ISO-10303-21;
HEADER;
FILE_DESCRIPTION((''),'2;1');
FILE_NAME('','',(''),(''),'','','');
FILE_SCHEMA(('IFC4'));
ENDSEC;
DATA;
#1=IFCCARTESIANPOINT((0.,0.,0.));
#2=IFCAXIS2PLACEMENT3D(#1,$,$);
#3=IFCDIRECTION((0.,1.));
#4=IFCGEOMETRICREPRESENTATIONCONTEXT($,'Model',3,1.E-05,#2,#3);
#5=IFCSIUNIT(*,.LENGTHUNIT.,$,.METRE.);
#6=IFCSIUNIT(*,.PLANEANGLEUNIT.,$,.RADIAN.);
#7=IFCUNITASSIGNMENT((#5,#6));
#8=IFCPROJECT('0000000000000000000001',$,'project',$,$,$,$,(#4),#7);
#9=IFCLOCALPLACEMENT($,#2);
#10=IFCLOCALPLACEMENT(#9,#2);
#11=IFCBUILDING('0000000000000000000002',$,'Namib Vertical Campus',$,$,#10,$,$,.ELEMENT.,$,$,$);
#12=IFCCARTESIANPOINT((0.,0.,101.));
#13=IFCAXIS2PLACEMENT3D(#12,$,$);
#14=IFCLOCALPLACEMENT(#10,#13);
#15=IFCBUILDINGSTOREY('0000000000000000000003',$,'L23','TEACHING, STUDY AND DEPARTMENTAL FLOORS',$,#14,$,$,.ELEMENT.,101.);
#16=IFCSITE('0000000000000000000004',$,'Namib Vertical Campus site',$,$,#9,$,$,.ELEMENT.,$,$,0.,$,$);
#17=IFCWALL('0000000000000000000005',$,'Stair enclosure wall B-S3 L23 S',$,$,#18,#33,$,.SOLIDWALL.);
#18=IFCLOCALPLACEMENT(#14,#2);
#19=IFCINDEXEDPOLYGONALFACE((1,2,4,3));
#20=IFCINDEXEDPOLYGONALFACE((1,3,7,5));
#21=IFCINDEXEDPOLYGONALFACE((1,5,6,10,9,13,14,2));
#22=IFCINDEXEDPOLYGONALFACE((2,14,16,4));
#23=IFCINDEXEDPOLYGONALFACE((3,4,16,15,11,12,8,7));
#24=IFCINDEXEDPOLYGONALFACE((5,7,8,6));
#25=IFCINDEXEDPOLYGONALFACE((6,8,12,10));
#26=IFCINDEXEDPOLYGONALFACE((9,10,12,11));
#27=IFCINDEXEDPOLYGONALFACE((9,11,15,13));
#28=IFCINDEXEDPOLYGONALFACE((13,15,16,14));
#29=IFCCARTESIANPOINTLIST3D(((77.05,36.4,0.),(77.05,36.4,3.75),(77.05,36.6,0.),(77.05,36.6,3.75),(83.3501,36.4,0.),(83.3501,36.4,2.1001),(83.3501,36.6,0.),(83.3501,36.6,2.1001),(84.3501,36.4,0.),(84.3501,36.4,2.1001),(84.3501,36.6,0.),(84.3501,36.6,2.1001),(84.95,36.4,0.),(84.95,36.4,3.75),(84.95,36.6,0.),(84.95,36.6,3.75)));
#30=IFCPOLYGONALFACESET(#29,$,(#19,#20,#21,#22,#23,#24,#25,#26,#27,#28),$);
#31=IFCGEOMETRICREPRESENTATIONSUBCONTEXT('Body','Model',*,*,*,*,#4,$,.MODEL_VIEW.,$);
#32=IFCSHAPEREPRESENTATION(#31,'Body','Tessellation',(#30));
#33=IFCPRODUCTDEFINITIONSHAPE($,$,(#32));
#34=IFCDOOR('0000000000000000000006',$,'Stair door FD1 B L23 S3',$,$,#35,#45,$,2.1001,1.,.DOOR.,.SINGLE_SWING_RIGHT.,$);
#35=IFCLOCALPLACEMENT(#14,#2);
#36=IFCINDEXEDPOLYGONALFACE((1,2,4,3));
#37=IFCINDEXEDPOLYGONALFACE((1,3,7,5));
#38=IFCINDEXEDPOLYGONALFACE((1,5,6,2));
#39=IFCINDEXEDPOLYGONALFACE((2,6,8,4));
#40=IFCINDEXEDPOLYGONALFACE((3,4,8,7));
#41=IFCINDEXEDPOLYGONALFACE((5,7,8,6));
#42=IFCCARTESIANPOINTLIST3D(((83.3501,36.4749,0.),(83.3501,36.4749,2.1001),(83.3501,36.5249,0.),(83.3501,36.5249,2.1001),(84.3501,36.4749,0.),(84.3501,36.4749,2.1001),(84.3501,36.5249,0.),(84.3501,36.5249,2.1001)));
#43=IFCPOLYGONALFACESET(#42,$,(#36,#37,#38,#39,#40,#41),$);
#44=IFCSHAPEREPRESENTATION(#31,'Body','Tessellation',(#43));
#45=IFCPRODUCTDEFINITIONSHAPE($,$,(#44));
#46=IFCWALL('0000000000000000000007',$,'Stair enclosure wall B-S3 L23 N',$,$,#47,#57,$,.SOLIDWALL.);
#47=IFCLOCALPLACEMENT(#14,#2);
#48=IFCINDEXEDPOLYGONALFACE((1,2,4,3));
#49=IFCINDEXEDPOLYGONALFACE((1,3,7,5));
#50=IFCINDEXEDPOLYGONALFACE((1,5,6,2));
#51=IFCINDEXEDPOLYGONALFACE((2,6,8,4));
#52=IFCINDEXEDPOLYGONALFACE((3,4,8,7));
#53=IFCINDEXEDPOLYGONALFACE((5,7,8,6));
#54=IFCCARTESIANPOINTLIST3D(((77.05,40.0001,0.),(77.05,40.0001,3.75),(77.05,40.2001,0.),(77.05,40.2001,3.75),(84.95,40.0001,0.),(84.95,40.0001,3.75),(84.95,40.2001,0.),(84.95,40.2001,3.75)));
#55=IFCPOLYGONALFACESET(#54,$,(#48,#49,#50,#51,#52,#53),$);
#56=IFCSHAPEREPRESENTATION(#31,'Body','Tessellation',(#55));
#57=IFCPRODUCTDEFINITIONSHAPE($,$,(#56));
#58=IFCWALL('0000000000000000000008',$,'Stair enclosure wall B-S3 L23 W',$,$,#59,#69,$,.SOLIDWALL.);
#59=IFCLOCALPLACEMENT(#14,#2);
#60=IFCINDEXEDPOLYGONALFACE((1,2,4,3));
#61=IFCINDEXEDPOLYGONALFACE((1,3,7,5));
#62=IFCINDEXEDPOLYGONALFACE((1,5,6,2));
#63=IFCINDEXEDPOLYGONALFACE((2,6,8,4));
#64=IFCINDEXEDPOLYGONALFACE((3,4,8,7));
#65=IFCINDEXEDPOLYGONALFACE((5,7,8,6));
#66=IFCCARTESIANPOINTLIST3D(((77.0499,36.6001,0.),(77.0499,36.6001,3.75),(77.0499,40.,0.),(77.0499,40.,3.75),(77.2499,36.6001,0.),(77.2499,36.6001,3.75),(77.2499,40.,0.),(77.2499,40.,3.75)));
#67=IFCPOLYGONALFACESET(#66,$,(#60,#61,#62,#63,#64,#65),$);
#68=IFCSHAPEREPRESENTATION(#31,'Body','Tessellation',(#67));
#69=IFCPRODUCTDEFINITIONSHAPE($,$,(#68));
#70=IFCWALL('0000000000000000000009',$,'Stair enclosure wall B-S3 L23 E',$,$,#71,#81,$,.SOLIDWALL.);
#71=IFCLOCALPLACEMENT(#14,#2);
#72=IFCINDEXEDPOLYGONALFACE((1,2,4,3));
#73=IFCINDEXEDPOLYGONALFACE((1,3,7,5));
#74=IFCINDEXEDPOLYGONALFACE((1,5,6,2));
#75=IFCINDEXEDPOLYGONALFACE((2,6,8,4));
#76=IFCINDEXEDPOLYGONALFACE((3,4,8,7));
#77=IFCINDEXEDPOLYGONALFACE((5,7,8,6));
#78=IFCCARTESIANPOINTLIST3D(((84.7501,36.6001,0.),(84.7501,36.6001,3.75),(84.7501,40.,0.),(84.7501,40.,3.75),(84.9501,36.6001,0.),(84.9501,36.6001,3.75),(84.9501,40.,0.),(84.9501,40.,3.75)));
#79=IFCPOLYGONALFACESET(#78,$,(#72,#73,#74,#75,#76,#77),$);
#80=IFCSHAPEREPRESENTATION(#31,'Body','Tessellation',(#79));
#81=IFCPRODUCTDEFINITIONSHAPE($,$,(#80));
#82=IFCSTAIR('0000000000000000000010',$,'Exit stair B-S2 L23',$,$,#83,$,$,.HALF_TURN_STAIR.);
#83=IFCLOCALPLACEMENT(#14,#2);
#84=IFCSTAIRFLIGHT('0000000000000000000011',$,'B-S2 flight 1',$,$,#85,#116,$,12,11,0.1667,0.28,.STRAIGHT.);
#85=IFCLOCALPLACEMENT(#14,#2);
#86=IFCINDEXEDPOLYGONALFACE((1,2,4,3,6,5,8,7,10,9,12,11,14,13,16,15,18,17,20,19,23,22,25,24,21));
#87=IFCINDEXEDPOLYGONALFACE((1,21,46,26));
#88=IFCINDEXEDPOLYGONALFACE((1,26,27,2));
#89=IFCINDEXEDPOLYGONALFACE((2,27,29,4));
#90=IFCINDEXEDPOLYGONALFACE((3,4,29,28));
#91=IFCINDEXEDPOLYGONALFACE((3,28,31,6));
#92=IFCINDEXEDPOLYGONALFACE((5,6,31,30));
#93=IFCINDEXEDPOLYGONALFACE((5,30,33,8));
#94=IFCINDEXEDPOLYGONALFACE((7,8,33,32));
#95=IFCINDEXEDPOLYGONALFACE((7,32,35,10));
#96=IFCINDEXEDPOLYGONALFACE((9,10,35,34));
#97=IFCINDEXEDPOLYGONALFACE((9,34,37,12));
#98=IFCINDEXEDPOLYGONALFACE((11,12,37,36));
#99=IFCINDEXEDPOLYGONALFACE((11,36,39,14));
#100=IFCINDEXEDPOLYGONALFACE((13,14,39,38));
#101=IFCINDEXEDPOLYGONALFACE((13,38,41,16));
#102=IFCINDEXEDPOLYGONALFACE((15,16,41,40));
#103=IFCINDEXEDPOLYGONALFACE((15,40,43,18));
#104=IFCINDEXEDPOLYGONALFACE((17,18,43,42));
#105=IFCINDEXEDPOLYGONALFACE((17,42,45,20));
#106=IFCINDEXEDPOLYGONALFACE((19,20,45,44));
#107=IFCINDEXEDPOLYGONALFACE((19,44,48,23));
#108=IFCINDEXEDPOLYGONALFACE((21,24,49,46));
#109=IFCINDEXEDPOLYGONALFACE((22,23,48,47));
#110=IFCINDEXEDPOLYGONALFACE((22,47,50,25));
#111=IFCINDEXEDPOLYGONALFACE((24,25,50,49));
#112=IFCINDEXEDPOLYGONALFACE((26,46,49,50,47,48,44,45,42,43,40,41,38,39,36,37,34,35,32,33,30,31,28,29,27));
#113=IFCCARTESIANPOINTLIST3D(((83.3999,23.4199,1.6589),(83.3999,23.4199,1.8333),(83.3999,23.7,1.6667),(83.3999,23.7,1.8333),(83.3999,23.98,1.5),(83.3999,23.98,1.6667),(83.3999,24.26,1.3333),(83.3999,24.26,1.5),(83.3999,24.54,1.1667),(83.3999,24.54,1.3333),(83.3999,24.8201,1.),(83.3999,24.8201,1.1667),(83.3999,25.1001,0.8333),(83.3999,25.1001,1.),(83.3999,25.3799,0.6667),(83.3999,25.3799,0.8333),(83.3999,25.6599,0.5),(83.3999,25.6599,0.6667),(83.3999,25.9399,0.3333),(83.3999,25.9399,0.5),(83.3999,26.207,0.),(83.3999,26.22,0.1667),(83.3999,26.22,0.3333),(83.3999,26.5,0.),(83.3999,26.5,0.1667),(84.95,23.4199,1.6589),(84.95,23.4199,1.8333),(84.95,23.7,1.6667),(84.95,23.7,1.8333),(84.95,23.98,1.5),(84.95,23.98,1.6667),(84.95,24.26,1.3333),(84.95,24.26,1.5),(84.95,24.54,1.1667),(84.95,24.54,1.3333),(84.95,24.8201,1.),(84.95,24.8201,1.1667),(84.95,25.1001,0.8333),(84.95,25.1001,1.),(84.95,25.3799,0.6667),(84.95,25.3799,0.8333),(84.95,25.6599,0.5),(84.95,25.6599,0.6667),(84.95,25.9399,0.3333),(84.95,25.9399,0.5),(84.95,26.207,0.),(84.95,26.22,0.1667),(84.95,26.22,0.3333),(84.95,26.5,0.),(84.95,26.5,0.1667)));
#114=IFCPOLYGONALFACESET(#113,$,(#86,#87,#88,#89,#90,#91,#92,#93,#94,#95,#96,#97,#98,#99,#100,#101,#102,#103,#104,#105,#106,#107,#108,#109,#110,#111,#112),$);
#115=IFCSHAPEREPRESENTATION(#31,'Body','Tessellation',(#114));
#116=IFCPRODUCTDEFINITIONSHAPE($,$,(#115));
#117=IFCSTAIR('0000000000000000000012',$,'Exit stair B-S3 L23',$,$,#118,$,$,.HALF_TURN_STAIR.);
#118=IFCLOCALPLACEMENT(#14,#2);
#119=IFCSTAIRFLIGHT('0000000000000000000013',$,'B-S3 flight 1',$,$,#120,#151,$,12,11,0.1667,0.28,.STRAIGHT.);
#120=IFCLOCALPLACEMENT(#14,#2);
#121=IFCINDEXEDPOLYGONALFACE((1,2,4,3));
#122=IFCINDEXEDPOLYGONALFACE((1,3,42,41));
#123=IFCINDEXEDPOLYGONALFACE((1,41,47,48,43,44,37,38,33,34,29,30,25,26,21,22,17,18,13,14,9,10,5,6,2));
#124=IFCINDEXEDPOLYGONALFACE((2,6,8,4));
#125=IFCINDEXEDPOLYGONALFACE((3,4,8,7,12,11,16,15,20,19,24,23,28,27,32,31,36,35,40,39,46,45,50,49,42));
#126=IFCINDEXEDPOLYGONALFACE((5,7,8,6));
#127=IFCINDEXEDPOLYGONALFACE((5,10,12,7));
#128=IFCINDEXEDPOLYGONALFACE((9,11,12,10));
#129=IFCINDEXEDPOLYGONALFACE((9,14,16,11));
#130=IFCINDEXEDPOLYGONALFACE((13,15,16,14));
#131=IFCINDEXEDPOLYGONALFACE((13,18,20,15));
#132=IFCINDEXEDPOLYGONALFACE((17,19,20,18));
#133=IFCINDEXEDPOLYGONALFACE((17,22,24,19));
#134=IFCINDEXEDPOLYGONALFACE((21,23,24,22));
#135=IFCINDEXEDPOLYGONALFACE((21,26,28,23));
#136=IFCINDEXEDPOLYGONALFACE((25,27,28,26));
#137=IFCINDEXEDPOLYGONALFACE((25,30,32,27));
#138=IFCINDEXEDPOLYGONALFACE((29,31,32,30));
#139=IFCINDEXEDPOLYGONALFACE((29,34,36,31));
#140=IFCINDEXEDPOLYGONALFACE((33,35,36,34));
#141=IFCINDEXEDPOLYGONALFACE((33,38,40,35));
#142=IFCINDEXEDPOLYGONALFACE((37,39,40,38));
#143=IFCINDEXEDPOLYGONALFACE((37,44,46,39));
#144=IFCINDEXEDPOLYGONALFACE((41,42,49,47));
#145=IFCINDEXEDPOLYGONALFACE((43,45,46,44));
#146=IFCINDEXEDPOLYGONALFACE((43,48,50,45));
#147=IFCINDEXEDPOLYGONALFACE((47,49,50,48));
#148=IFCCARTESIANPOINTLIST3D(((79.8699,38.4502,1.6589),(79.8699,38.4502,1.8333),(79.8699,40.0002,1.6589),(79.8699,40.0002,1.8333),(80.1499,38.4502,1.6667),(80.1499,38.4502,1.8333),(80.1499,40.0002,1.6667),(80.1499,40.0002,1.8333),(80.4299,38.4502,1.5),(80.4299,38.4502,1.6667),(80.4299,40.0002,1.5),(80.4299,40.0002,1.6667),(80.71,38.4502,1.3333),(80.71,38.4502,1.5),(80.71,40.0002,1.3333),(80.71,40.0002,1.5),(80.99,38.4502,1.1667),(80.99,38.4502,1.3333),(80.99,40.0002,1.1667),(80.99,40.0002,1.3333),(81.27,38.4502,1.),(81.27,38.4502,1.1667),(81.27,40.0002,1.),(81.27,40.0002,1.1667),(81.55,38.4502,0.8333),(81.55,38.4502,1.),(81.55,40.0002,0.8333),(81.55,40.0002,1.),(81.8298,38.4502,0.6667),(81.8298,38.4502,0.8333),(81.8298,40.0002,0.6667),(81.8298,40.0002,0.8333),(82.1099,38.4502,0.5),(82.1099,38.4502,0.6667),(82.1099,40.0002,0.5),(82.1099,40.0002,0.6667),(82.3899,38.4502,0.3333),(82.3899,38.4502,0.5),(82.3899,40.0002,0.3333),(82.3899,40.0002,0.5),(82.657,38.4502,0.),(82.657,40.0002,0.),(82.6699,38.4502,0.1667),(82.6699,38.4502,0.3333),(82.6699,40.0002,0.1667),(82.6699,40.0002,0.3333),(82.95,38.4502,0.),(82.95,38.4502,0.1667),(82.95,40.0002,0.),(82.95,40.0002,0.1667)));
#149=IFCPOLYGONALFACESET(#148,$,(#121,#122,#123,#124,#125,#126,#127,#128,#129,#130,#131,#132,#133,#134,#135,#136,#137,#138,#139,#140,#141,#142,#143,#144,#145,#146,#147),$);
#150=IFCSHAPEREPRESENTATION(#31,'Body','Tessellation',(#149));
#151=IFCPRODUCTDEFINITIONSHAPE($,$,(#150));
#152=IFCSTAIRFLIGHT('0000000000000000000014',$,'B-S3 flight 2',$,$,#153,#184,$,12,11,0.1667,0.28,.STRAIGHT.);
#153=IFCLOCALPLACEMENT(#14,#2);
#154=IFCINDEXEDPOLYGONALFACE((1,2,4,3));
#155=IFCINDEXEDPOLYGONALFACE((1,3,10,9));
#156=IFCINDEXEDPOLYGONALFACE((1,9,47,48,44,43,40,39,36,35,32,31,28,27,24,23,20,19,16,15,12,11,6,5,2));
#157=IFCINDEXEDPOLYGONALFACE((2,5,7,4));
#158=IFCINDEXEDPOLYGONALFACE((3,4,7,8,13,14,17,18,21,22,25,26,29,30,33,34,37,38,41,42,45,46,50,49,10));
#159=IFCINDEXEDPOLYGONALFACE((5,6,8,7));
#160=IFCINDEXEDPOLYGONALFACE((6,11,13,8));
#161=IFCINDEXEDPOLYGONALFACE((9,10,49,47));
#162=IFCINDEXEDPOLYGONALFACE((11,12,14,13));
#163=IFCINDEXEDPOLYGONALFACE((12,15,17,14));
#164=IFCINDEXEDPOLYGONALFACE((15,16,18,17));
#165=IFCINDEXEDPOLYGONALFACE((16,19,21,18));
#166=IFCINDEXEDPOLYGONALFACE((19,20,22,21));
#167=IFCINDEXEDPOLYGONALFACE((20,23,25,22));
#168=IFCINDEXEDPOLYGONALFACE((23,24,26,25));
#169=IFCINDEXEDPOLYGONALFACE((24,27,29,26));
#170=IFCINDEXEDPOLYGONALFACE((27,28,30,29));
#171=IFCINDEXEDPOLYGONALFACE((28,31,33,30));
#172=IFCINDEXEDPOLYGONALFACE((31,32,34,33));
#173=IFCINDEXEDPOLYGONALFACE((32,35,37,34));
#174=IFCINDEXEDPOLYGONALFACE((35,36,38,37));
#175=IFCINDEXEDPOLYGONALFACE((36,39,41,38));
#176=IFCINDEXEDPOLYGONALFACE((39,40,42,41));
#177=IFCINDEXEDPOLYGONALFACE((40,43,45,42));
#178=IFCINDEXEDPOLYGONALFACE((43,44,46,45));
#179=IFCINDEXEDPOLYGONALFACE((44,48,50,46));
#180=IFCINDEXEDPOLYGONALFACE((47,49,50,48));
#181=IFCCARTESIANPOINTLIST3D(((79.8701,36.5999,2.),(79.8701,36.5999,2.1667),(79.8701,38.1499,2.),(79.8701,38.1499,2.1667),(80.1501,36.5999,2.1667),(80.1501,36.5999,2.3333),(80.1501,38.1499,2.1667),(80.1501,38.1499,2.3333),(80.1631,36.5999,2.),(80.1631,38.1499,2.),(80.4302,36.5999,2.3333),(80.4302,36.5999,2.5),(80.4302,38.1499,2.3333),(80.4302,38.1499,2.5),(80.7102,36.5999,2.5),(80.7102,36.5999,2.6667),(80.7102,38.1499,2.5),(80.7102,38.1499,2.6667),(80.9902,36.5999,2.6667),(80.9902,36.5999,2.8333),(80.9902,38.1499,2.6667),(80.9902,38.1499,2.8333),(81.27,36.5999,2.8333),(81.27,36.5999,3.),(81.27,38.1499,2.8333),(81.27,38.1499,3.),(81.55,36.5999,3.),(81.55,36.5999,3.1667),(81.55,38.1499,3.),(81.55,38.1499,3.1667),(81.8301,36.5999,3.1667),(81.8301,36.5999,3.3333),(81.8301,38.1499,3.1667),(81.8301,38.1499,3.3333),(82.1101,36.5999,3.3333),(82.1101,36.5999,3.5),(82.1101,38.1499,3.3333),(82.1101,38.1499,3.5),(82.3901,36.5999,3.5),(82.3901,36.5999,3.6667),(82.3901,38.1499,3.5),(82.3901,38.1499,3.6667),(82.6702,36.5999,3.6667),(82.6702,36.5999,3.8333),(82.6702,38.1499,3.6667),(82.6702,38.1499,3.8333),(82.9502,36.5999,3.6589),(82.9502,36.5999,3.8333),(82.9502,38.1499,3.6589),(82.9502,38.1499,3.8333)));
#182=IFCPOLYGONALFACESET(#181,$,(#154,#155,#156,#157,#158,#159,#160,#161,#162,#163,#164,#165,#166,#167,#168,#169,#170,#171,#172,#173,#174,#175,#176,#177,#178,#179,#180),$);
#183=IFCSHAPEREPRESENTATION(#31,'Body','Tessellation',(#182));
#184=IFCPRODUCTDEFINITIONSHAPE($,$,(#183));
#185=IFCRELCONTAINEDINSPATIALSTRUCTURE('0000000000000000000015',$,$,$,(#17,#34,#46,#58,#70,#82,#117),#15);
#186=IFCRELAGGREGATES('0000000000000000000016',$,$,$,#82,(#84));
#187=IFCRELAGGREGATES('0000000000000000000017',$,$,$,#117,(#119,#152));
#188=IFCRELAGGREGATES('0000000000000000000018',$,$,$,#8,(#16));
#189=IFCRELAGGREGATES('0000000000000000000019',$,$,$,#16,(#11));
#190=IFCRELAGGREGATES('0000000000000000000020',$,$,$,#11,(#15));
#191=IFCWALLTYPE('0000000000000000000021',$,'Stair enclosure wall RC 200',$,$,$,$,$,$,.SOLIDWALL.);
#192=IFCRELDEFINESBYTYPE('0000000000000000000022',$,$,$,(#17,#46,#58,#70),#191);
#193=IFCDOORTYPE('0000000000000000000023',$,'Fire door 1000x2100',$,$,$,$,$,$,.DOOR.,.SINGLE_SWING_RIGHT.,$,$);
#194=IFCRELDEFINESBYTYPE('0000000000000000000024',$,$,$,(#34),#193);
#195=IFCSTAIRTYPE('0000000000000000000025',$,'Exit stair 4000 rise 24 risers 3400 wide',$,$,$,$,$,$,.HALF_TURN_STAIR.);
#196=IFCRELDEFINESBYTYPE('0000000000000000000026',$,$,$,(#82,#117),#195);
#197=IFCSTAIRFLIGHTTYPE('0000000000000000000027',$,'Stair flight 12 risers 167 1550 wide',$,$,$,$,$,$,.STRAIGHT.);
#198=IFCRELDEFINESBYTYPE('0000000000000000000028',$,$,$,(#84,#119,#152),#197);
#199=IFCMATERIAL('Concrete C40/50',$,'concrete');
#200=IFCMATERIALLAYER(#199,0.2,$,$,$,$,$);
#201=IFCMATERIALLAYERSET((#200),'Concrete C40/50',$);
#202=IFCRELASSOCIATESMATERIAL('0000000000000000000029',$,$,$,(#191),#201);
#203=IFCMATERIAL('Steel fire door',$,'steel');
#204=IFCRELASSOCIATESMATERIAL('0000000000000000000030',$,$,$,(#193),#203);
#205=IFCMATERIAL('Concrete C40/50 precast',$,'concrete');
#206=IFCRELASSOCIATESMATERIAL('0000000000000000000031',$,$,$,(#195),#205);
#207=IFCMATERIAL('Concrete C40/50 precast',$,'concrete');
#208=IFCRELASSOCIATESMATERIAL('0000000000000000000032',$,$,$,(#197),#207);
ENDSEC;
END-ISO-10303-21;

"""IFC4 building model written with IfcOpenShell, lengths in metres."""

from ifc_helpers import new_model, si_unit, direction, frame, frame_2d, origin, place, context, subcontext, project, spatial, polyline, rectangle, outline, extrude, material, layer, layer_set, type_object, element, fill, aggregate, save


model = new_model("IFC4")

# Units and contexts
model_context = context("Model", 3, precision=1e-05, world=origin(), true_north=direction((0.0, 1.0)))
body_context = subcontext(model_context, "Body", "Model", "MODEL_VIEW")
ifc_project = project(units=[si_unit("LENGTHUNIT", "METRE"), si_unit("PLANEANGLEUNIT", "RADIAN")], contexts=[model_context])

# Site, building, storey
site_placement = place(None, origin())
site = spatial("IfcSite", under=ifc_project, at=site_placement, Name="Namib Vertical Campus site", CompositionType="ELEMENT", RefElevation=0.0)
building_placement = place(site_placement, origin())
building = spatial("IfcBuilding", under=site, at=building_placement, Name="Namib Vertical Campus", CompositionType="ELEMENT")
storey_placement = place(building_placement, frame((0.0, 0.0, 101.0)))
storey = spatial("IfcBuildingStorey", under=building, at=storey_placement, Name="L23", Description="TEACHING, STUDY AND DEPARTMENTAL FLOORS", CompositionType="ELEMENT", Elevation=101.0)

# Wall, opening, door
ifc_material_1 = material(Name="Concrete C40/50", Category="concrete")
ifc_layer_1 = layer(ifc_material_1, 0.2)
ifc_layer_set_1 = layer_set([ifc_layer_1], Name="Concrete C40/50")
wall_type_1 = type_object("IfcWallType", Name="Stair enclosure wall RC 200", PredefinedType="SOLIDWALL", material=ifc_layer_set_1)
wall_1_placement = place(storey_placement, frame((77.05, 36.5, 0.0), z_axis=(0.0, 0.0, 1.0), x_axis=(1.0, 0.0, 0.0)))
wall_1 = element("IfcWall", 1, at=wall_1_placement, inside=storey, type_object=wall_type_1, Name="Stair enclosure wall B-S3 L23 S", PredefinedType="SOLIDWALL", context=body_context, shape_type="SweptSolid", body=[
    extrude(rectangle(XDim=7.8999, YDim=0.2, at=frame_2d((3.95, 0.0))), origin(), (0.0, 0.0, 1.0), 3.75),
])
opening_placement = place(wall_1_placement, frame((6.3, 0.0, 0.0)))
opening = element("IfcOpeningElement", 2, at=opening_placement, cuts=wall_1, PredefinedType="OPENING", context=body_context, shape_type="SweptSolid", body=[
    extrude(rectangle(XDim=1.0, YDim=2.1001, at=frame_2d((0.5, 1.05))), frame((0.0, 0.1099, 0.0), z_axis=(0.0, -1.0, 0.0), x_axis=(1.0, 0.0, 0.0)), (0.0, 0.0, 1.0), 0.22),
])
ifc_material_2 = material(Name="Steel fire door", Category="steel")
door_type = type_object("IfcDoorType", Name="Fire door 1000x2100", OperationType="SINGLE_SWING_RIGHT", PredefinedType="DOOR", material=ifc_material_2)
door_placement = place(opening_placement, origin())
door = element("IfcDoor", 3, at=door_placement, inside=storey, type_object=door_type, Name="Stair door FD1 B L23 S3", OperationType="SINGLE_SWING_RIGHT", OverallHeight=2.1001, OverallWidth=1.0, PredefinedType="DOOR", context=body_context, shape_type="SweptSolid", body=[
    extrude(rectangle(XDim=1.0, YDim=2.1001, at=frame_2d((0.5, 1.05))), frame((0.0, 0.0249, 0.0), z_axis=(0.0, -1.0, 0.0), x_axis=(1.0, 0.0, 0.0)), (0.0, 0.0, 1.0), 0.05),
])
fill(opening, door)

# Walls
wall_2_placement = place(storey_placement, frame((77.05, 40.1001, 0.0), z_axis=(0.0, 0.0, 1.0), x_axis=(1.0, 0.0, 0.0)))
element("IfcWall", 4, at=wall_2_placement, inside=storey, type_object=wall_type_1, Name="Stair enclosure wall B-S3 L23 N", PredefinedType="SOLIDWALL", context=body_context, shape_type="SweptSolid", body=[
    extrude(rectangle(XDim=7.8999, YDim=0.2, at=frame_2d((3.95, 0.0))), origin(), (0.0, 0.0, 1.0), 3.75),
])
for number, where, z_axis, x_axis, name in (
    (5, (77.1499, 36.6001, 0.0), (0.0, 0.0, 1.0), (0.0, 1.0, 0.0), "Stair enclosure wall B-S3 L23 W"),
    (6, (84.8501, 36.6001, 0.0), (0.0, 0.0, 1.0), (0.0, 1.0, 0.0), "Stair enclosure wall B-S3 L23 E"),
):
    element("IfcWall", number, at=place(storey_placement, frame(where, z_axis=z_axis, x_axis=x_axis)), inside=storey, type_object=wall_type_1, Name=name, PredefinedType="SOLIDWALL", context=body_context, shape_type="SweptSolid", body=[
        extrude(rectangle(XDim=3.3999, YDim=0.2, at=frame_2d((1.7, 0.0))), origin(), (0.0, 0.0, 1.0), 3.75),
    ])

# Stair, stair flight
ifc_material_3 = material(Name="Concrete C40/50 precast", Category="concrete")
stair_type = type_object("IfcStairType", Name="Exit stair 4000 rise 24 risers 3400 wide", PredefinedType="HALF_TURN_STAIR", material=ifc_material_3)
stair_1_placement = place(storey_placement, origin())
stair_1 = element("IfcStair", 7, at=stair_1_placement, inside=storey, type_object=stair_type, Name="Exit stair B-S2 L23", PredefinedType="HALF_TURN_STAIR")
ifc_material_4 = material(Name="Concrete C40/50 precast", Category="concrete")
stair_flight_type = type_object("IfcStairFlightType", Name="Stair flight 12 risers 167 1550 wide", PredefinedType="STRAIGHT", material=ifc_material_4)
stair_flight_1_placement = place(storey_placement, frame((84.175, 26.5, 0.0), z_axis=(0.0, 0.0, 1.0), x_axis=(0.0, -1.0, 0.0)))
stair_flight_1 = element("IfcStairFlight", 8, at=stair_flight_1_placement, type_object=stair_flight_type, Name="B-S2 flight 1", NumberOfRisers=12, NumberOfTreads=11, PredefinedType="STRAIGHT", RiserHeight=0.1667, TreadLength=0.28, context=body_context, shape_type="SweptSolid", body=[
    extrude(outline(polyline([(0.0, 0.0), (0.0, 0.1667), (0.28, 0.1667), (0.28, 0.3333), (0.5601, 0.3333), (0.5601, 0.5), (0.8401, 0.5), (0.8401, 0.6667), (1.1201, 0.6667), (1.1201, 0.8333), (1.3999, 0.8333), (1.3999, 1.0), (1.6799, 1.0), (1.6799, 1.1667), (1.96, 1.1667), (1.96, 1.3333), (2.24, 1.3333), (2.24, 1.5), (2.52, 1.5), (2.52, 1.6667), (2.8, 1.6667), (2.8, 1.8333), (3.0801, 1.8333), (3.0801, 2.0), (3.0801, 1.6589), (0.293, 0.0), (0.0, 0.0)])), frame((0.0, 0.7749, 0.0), z_axis=(0.0, -1.0, 0.0), x_axis=(1.0, 0.0, 0.0)), (0.0, 0.0, 1.0), 1.55),
])
aggregate(stair_1, [stair_flight_1])

# Stair, stair flights
stair_2_placement = place(storey_placement, origin())
stair_2 = element("IfcStair", 9, at=stair_2_placement, inside=storey, type_object=stair_type, Name="Exit stair B-S3 L23", PredefinedType="HALF_TURN_STAIR")
stair_flight_2_placement = place(storey_placement, frame((82.95, 39.2251, 0.0), z_axis=(0.0, 0.0, 1.0), x_axis=(-1.0, 0.0, 0.0)))
stair_flight_2 = element("IfcStairFlight", 10, at=stair_flight_2_placement, type_object=stair_flight_type, Name="B-S3 flight 1", NumberOfRisers=12, NumberOfTreads=11, PredefinedType="STRAIGHT", RiserHeight=0.1667, TreadLength=0.28, context=body_context, shape_type="SweptSolid", body=[
    extrude(outline(polyline([(0.0, 0.0), (0.0, 0.1667), (0.28, 0.1667), (0.28, 0.3333), (0.5601, 0.3333), (0.5601, 0.5), (0.8401, 0.5), (0.8401, 0.6667), (1.1201, 0.6667), (1.1201, 0.8333), (1.3999, 0.8333), (1.3999, 1.0), (1.6799, 1.0), (1.6799, 1.1667), (1.96, 1.1667), (1.96, 1.3333), (2.24, 1.3333), (2.24, 1.5), (2.52, 1.5), (2.52, 1.6667), (2.8, 1.6667), (2.8, 1.8333), (3.0801, 1.8333), (3.0801, 2.0), (3.0801, 1.6589), (0.293, 0.0), (0.0, 0.0)])), frame((0.0, 0.7749, 0.0), z_axis=(0.0, -1.0, 0.0), x_axis=(1.0, 0.0, 0.0)), (0.0, 0.0, 1.0), 1.55),
])
stair_flight_3_placement = place(storey_placement, frame((79.8701, 37.375, 2.0), z_axis=(0.0, 0.0, 1.0), x_axis=(1.0, 0.0, 0.0)))
stair_flight_3 = element("IfcStairFlight", 11, at=stair_flight_3_placement, type_object=stair_flight_type, Name="B-S3 flight 2", NumberOfRisers=12, NumberOfTreads=11, PredefinedType="STRAIGHT", RiserHeight=0.1667, TreadLength=0.28, context=body_context, shape_type="SweptSolid", body=[
    extrude(outline(polyline([(0.0, 0.0), (0.0, 0.1667), (0.28, 0.1667), (0.28, 0.3333), (0.5601, 0.3333), (0.5601, 0.5), (0.8401, 0.5), (0.8401, 0.6667), (1.1201, 0.6667), (1.1201, 0.8333), (1.3999, 0.8333), (1.3999, 1.0), (1.6799, 1.0), (1.6799, 1.1667), (1.96, 1.1667), (1.96, 1.3333), (2.24, 1.3333), (2.24, 1.5), (2.52, 1.5), (2.52, 1.6667), (2.8, 1.6667), (2.8, 1.8333), (3.0801, 1.8333), (3.0801, 2.0), (3.0801, 1.6589), (0.293, 0.0), (0.0, 0.0)])), frame((0.0, 0.7749, 0.0), z_axis=(0.0, -1.0, 0.0), x_axis=(1.0, 0.0, 0.0)), (0.0, 0.0, 1.0), 1.55),
])
aggregate(stair_2, [stair_flight_2, stair_flight_3])

save(model, "model.ifc")
